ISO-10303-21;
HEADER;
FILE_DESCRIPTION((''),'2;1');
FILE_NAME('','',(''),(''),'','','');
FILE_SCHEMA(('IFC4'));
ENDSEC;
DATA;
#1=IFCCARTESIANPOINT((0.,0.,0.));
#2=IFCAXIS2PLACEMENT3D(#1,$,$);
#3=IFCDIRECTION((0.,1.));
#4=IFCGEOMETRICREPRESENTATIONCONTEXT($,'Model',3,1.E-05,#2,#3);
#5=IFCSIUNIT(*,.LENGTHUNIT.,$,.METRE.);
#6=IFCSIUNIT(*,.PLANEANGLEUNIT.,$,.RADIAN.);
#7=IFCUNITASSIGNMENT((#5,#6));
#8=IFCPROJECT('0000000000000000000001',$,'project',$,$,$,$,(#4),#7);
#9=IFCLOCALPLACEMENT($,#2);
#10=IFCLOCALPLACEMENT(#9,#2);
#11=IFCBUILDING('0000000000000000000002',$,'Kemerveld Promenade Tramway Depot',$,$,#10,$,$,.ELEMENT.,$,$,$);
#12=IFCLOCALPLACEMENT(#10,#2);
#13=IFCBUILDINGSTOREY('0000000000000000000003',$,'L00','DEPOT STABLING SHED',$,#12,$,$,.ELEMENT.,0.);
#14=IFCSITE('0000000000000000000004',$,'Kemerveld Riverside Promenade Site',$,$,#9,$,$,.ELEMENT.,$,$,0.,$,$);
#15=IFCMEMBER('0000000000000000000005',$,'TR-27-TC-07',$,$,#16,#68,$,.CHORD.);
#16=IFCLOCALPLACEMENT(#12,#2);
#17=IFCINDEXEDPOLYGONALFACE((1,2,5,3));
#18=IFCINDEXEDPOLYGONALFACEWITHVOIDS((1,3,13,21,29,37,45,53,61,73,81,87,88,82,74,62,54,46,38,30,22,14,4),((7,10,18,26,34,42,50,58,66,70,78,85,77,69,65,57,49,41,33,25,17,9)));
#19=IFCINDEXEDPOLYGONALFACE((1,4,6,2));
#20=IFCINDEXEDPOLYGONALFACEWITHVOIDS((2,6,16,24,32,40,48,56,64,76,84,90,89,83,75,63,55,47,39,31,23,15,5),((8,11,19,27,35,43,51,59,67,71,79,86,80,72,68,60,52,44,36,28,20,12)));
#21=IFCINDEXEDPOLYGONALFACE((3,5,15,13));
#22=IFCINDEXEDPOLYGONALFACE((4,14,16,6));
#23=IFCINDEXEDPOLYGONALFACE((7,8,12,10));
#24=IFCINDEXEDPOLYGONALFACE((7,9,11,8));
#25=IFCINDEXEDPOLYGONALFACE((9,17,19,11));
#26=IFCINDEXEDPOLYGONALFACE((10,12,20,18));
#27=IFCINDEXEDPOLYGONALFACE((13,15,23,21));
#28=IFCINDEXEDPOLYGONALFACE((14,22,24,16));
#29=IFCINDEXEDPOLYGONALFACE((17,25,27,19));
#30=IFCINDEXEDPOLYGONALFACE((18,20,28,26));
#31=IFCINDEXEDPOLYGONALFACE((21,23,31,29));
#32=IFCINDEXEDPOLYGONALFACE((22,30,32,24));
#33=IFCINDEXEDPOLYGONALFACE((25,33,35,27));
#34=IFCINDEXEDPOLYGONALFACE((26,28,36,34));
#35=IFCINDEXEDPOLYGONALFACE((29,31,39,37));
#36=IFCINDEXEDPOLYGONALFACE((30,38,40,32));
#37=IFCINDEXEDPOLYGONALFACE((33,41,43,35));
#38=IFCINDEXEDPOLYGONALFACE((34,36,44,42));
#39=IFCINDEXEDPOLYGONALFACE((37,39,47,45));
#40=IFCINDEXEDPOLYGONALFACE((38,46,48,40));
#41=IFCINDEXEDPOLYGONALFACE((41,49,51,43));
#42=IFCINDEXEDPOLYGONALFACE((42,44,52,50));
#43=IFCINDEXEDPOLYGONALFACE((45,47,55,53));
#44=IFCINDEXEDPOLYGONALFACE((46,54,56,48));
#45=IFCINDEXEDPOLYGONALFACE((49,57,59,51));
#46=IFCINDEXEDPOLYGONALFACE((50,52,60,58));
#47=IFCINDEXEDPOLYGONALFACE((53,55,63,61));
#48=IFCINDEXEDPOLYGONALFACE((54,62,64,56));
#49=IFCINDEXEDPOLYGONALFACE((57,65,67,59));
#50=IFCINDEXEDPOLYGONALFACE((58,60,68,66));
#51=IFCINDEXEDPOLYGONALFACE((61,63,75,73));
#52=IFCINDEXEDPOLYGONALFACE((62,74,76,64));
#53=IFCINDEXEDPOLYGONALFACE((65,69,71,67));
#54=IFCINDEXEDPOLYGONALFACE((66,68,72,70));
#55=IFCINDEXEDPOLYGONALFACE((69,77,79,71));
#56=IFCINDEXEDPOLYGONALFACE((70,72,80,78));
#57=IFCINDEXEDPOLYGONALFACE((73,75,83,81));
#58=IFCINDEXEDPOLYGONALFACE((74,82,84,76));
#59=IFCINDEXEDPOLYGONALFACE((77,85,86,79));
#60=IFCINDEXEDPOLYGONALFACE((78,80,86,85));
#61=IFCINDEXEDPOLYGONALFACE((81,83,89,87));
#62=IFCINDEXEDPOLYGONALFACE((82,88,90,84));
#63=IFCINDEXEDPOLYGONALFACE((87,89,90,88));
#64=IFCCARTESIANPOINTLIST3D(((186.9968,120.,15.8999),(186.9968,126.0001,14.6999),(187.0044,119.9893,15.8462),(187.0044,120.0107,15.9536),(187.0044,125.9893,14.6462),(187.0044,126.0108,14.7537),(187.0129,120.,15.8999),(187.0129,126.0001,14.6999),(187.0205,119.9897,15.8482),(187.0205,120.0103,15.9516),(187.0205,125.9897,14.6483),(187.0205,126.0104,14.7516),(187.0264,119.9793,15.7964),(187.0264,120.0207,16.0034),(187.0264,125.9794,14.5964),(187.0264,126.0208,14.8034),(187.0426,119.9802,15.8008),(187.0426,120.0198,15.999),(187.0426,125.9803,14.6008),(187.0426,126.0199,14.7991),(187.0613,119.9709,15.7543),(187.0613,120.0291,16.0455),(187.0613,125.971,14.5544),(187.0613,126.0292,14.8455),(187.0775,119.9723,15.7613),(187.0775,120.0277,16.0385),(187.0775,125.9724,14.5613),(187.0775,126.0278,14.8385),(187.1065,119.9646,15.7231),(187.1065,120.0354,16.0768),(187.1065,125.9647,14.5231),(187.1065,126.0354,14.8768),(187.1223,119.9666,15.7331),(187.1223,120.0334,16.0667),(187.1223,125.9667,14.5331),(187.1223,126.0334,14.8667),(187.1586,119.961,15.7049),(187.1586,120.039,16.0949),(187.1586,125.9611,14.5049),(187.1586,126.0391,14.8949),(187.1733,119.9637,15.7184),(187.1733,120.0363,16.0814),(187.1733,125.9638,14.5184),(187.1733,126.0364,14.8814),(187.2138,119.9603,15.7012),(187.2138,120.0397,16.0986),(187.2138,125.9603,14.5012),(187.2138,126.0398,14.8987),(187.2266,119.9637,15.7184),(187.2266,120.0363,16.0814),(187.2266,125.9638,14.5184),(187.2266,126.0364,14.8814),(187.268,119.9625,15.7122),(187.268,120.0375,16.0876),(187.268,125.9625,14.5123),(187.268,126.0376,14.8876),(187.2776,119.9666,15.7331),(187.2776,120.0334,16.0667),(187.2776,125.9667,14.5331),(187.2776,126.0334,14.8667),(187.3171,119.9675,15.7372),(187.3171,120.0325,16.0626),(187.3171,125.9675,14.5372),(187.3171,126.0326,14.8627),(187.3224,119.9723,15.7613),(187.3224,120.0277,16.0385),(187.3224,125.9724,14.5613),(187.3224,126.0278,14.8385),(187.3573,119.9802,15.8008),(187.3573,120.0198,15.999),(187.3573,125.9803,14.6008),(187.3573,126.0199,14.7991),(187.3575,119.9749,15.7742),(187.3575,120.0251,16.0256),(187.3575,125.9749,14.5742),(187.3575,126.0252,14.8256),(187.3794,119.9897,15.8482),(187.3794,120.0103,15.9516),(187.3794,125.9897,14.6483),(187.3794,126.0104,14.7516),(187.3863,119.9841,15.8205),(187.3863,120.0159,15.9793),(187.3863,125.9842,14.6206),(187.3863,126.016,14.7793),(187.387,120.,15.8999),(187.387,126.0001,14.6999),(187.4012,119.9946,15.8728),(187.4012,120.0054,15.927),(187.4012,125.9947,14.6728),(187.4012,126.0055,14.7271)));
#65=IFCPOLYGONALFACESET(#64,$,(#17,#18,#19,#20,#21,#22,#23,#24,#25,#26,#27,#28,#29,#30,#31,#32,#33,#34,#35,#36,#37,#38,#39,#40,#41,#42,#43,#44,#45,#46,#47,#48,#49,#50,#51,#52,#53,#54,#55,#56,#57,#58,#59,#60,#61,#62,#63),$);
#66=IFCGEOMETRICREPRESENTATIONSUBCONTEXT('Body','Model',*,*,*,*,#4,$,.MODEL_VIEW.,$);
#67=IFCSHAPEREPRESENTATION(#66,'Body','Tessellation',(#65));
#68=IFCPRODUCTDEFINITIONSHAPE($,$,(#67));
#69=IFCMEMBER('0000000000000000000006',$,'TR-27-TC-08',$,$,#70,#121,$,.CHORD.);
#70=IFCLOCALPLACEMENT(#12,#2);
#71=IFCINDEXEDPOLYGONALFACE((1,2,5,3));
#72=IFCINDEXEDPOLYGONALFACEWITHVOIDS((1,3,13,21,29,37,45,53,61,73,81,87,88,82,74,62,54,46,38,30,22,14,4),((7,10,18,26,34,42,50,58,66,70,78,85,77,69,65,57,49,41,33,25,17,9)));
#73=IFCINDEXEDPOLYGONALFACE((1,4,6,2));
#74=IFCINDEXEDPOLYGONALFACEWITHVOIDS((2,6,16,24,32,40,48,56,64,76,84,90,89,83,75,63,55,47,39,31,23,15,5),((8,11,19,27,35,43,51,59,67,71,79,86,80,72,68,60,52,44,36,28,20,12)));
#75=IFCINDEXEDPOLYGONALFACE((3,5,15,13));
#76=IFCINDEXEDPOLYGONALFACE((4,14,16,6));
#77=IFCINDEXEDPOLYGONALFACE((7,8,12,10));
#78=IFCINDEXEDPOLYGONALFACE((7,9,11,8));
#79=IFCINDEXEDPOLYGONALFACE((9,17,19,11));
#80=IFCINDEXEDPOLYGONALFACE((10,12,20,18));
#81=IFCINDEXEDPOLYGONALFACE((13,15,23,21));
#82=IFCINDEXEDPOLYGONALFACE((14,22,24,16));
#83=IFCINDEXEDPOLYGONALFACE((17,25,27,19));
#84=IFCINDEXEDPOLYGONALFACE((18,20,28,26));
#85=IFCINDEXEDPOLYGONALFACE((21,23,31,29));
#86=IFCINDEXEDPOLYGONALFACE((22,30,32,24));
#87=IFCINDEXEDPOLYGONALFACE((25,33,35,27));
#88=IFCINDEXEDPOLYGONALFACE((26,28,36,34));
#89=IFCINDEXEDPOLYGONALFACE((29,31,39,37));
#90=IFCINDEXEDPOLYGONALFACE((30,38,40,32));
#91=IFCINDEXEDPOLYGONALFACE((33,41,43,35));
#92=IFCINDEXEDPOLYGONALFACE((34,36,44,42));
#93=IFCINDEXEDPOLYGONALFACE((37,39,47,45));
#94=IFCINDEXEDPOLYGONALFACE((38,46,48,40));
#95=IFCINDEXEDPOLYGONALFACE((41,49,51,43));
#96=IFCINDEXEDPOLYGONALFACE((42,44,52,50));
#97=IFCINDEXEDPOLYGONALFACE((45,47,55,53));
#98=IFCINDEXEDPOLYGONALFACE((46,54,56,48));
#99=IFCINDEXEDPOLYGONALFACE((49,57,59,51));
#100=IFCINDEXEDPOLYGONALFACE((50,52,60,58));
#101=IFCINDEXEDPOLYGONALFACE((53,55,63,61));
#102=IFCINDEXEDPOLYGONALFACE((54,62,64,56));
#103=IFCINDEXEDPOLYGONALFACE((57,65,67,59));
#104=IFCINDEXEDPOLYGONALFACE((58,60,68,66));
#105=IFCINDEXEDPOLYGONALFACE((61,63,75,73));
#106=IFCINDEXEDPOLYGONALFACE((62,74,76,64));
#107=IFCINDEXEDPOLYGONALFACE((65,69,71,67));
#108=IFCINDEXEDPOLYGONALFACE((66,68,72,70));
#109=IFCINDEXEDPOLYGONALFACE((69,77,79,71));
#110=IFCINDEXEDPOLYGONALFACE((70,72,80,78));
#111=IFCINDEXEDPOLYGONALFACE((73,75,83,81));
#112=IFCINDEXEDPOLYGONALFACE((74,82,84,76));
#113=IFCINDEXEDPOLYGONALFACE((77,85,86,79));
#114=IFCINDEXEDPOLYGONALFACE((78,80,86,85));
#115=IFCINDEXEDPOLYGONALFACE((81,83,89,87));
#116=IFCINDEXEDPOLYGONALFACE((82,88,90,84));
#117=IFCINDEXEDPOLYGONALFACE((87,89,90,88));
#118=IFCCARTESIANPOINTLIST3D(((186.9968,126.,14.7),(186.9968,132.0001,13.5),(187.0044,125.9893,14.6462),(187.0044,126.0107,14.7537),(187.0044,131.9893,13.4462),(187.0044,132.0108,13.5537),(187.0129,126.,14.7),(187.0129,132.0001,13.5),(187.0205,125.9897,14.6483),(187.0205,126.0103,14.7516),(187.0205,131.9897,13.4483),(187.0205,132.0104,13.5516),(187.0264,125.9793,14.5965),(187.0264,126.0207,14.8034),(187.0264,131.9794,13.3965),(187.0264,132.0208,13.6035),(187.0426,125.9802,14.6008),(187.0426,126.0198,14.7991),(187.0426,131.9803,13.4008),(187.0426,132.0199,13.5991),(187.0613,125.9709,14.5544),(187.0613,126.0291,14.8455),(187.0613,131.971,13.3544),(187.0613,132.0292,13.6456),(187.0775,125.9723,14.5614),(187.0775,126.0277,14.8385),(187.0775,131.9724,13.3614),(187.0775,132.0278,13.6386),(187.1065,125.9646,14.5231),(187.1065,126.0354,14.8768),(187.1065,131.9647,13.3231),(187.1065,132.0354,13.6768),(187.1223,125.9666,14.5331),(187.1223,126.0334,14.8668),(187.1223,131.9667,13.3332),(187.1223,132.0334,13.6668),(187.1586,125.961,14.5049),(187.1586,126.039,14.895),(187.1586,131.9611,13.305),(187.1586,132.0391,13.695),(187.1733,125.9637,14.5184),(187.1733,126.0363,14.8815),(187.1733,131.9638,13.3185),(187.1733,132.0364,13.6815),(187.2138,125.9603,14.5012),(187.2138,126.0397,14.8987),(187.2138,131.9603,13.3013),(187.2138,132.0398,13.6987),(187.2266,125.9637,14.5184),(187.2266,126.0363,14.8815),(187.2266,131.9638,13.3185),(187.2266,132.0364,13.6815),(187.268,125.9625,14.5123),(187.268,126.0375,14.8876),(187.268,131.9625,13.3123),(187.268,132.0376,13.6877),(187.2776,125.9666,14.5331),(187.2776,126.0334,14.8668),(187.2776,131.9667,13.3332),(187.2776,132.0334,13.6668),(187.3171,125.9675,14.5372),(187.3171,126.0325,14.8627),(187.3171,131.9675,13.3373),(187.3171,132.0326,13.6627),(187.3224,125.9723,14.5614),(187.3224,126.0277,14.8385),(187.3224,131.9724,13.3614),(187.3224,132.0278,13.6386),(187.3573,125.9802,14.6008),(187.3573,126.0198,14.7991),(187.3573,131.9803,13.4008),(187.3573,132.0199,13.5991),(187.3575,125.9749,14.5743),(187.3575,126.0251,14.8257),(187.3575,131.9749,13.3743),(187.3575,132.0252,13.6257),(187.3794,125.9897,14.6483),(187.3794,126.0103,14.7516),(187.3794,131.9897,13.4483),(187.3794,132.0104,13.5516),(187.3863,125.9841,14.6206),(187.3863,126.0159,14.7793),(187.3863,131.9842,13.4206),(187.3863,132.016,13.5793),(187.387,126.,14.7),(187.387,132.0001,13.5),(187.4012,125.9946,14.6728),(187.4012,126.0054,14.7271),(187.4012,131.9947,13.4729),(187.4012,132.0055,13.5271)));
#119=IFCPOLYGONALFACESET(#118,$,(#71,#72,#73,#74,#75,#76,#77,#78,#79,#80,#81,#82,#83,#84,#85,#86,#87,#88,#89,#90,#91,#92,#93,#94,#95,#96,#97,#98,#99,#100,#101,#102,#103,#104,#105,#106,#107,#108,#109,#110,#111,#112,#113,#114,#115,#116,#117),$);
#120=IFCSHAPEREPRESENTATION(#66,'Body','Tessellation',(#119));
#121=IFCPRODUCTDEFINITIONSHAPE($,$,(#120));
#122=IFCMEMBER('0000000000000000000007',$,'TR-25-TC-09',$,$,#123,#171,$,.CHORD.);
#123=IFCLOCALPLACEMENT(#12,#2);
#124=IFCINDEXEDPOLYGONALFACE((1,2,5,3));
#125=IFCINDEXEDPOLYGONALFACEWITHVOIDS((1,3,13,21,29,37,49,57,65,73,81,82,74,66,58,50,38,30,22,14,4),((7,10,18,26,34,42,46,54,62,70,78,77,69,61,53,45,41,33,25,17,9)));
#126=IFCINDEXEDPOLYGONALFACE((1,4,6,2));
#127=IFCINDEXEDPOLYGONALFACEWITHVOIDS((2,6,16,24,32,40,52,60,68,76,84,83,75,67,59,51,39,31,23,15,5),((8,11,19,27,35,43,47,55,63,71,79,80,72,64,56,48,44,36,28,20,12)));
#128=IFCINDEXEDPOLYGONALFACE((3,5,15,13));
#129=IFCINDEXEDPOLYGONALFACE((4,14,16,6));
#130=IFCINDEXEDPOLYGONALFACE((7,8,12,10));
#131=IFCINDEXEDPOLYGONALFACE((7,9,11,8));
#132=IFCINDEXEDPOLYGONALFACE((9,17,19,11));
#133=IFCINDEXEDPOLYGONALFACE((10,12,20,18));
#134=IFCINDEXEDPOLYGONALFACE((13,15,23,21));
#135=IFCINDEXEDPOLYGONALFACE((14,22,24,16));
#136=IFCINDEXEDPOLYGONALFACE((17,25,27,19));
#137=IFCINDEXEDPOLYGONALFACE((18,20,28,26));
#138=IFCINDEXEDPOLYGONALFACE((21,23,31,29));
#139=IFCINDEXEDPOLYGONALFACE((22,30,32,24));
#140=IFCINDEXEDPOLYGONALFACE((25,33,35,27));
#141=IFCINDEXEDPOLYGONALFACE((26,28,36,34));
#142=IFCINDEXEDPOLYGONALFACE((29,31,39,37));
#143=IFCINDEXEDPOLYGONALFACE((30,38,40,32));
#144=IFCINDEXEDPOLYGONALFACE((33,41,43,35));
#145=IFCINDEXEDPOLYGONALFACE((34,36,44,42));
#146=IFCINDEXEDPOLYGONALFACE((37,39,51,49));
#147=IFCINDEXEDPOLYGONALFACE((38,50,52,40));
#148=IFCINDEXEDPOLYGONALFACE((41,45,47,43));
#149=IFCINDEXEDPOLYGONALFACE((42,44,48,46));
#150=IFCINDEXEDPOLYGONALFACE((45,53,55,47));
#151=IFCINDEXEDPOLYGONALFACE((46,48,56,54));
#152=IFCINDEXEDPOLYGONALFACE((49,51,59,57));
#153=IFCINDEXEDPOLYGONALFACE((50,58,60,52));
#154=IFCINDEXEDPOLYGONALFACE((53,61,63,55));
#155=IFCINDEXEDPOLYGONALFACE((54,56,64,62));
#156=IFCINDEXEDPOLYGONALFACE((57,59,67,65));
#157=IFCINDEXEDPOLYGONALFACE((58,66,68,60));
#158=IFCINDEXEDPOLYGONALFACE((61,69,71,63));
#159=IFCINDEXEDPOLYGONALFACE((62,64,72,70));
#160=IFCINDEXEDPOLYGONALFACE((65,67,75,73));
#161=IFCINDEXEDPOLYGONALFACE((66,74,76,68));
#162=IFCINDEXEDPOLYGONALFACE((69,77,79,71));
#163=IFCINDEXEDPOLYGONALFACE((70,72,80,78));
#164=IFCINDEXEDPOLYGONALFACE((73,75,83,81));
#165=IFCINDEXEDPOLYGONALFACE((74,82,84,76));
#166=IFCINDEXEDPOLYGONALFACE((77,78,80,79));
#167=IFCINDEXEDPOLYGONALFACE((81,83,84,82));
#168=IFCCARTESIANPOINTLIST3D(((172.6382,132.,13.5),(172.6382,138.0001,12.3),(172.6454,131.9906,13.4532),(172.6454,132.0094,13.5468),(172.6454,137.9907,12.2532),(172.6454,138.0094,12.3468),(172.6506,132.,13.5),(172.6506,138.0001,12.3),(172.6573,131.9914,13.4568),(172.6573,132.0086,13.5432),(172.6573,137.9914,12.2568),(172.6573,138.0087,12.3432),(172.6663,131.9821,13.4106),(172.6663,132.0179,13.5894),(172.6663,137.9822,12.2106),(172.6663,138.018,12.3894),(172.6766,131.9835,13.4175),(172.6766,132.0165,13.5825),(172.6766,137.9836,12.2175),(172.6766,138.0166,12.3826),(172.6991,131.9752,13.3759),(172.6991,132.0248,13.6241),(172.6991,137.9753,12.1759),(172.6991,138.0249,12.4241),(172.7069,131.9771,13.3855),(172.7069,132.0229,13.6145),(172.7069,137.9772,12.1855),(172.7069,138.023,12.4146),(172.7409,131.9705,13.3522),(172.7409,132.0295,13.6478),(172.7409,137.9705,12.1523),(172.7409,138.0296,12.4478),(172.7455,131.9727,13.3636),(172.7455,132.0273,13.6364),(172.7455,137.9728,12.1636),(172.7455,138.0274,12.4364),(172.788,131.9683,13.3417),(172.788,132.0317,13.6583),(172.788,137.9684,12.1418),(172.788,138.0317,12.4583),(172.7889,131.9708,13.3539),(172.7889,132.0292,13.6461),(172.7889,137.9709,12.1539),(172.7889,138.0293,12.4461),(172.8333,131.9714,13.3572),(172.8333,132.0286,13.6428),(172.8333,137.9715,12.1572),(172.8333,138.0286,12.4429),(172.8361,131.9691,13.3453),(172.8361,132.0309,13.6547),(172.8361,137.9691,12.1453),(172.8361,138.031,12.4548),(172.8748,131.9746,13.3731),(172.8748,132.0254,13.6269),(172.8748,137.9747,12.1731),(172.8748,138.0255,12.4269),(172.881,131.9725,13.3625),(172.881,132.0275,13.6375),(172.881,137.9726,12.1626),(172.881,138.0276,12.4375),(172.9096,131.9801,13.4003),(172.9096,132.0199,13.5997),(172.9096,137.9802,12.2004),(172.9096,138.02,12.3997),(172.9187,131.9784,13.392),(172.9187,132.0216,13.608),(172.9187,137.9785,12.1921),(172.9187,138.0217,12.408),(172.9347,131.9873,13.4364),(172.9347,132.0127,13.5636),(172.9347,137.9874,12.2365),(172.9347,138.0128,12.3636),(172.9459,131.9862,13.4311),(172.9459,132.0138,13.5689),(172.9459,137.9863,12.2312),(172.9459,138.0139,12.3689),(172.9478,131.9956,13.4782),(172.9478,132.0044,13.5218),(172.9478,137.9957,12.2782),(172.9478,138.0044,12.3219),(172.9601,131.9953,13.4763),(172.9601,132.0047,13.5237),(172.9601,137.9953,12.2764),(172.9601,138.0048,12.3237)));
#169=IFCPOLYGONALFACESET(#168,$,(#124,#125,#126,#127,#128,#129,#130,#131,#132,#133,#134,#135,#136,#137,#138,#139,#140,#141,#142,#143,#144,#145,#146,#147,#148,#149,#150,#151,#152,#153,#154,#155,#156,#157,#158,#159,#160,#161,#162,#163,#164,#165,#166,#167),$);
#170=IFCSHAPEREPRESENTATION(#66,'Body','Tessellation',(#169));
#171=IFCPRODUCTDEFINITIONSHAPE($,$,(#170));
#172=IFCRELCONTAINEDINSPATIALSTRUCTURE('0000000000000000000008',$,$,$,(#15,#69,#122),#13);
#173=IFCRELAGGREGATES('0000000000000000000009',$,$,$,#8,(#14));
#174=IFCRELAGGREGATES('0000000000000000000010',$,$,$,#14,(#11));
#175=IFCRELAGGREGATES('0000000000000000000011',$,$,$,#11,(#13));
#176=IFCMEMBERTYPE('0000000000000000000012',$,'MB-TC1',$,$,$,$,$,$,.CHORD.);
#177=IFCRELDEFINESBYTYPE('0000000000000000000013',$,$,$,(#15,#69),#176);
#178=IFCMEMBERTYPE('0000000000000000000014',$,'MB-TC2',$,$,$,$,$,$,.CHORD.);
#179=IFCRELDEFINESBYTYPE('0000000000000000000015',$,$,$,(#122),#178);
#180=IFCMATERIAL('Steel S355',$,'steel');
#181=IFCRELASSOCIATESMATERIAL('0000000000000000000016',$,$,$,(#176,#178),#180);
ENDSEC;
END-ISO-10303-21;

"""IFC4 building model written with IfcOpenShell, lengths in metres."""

from ifc_helpers import new_model, si_unit, direction, frame, origin, origin_2d, place, context, subcontext, project, spatial, hollow_circle, extrude, material, material_profile, profile_set, type_object, element, save


model = new_model("IFC4")

# Units and contexts
model_context = context("Model", 3, precision=1e-05, world=origin(), true_north=direction((0.0, 1.0)))
body_context = subcontext(model_context, "Body", "Model", "MODEL_VIEW")
ifc_project = project(units=[si_unit("LENGTHUNIT", "METRE"), si_unit("PLANEANGLEUNIT", "RADIAN")], contexts=[model_context])

# Site, building, storey
site_placement = place(None, origin())
site = spatial("IfcSite", under=ifc_project, at=site_placement, Name="Kemerveld Riverside Promenade Site", CompositionType="ELEMENT", RefElevation=0.0)
building_placement = place(site_placement, origin())
building = spatial("IfcBuilding", under=site, at=building_placement, Name="Kemerveld Promenade Tramway Depot", CompositionType="ELEMENT")
storey_placement = place(building_placement, origin())
storey = spatial("IfcBuildingStorey", under=building, at=storey_placement, Name="L00", Description="DEPOT STABLING SHED", CompositionType="ELEMENT", Elevation=0.0)

# Members
ifc_material = material(Name="Steel S355", Category="steel")
ifc_material_profile_1 = material_profile(ifc_material, hollow_circle(Radius=0.2031, WallThickness=0.0161, at=origin_2d()), Name="406.4x16.0 CHS")
ifc_profile_set_1 = profile_set([ifc_material_profile_1], Name="Steel S355")
member_type_1 = type_object("IfcMemberType", Name="MB-TC1", PredefinedType="CHORD", material=ifc_profile_set_1)
for number, where, z_axis, x_axis, name in (
    (1, (187.2, 120.0, 15.8999), (0.0, 0.980582, -0.196108), (-1.0, 0.0, 0.0), "TR-27-TC-07"),
    (2, (187.2, 126.0, 14.7), (0.0, 0.980582, -0.196108), (-1.0, 0.0, 0.0), "TR-27-TC-08"),
):
    element("IfcMember", number, at=place(storey_placement, frame(where, z_axis=z_axis, x_axis=x_axis)), inside=storey, type_object=member_type_1, Name=name, PredefinedType="CHORD", context=body_context, shape_type="SweptSolid", body=[
        extrude(hollow_circle(Radius=0.2031, WallThickness=0.0161, at=origin_2d()), origin(), (0.0, 0.0, 1.0), 6.1189),
    ])
ifc_material_profile_2 = material_profile(ifc_material, hollow_circle(Radius=0.1619, WallThickness=0.0125, at=origin_2d()), Name="323.9x12.5 CHS")
ifc_profile_set_2 = profile_set([ifc_material_profile_2], Name="Steel S355")
member_type_2 = type_object("IfcMemberType", Name="MB-TC2", PredefinedType="CHORD", material=ifc_profile_set_2)
for number, where, z_axis, x_axis, name in (
    (3, (172.8, 132.0, 13.5), (0.0, 0.980582, -0.196108), (-1.0, 0.0, 0.0), "TR-25-TC-09"),
):
    element("IfcMember", number, at=place(storey_placement, frame(where, z_axis=z_axis, x_axis=x_axis)), inside=storey, type_object=member_type_2, Name=name, PredefinedType="CHORD", context=body_context, shape_type="SweptSolid", body=[
        extrude(hollow_circle(Radius=0.1619, WallThickness=0.0125, at=origin_2d()), origin(), (0.0, 0.0, 1.0), 6.1189),
    ])

save(model, "model.ifc")
